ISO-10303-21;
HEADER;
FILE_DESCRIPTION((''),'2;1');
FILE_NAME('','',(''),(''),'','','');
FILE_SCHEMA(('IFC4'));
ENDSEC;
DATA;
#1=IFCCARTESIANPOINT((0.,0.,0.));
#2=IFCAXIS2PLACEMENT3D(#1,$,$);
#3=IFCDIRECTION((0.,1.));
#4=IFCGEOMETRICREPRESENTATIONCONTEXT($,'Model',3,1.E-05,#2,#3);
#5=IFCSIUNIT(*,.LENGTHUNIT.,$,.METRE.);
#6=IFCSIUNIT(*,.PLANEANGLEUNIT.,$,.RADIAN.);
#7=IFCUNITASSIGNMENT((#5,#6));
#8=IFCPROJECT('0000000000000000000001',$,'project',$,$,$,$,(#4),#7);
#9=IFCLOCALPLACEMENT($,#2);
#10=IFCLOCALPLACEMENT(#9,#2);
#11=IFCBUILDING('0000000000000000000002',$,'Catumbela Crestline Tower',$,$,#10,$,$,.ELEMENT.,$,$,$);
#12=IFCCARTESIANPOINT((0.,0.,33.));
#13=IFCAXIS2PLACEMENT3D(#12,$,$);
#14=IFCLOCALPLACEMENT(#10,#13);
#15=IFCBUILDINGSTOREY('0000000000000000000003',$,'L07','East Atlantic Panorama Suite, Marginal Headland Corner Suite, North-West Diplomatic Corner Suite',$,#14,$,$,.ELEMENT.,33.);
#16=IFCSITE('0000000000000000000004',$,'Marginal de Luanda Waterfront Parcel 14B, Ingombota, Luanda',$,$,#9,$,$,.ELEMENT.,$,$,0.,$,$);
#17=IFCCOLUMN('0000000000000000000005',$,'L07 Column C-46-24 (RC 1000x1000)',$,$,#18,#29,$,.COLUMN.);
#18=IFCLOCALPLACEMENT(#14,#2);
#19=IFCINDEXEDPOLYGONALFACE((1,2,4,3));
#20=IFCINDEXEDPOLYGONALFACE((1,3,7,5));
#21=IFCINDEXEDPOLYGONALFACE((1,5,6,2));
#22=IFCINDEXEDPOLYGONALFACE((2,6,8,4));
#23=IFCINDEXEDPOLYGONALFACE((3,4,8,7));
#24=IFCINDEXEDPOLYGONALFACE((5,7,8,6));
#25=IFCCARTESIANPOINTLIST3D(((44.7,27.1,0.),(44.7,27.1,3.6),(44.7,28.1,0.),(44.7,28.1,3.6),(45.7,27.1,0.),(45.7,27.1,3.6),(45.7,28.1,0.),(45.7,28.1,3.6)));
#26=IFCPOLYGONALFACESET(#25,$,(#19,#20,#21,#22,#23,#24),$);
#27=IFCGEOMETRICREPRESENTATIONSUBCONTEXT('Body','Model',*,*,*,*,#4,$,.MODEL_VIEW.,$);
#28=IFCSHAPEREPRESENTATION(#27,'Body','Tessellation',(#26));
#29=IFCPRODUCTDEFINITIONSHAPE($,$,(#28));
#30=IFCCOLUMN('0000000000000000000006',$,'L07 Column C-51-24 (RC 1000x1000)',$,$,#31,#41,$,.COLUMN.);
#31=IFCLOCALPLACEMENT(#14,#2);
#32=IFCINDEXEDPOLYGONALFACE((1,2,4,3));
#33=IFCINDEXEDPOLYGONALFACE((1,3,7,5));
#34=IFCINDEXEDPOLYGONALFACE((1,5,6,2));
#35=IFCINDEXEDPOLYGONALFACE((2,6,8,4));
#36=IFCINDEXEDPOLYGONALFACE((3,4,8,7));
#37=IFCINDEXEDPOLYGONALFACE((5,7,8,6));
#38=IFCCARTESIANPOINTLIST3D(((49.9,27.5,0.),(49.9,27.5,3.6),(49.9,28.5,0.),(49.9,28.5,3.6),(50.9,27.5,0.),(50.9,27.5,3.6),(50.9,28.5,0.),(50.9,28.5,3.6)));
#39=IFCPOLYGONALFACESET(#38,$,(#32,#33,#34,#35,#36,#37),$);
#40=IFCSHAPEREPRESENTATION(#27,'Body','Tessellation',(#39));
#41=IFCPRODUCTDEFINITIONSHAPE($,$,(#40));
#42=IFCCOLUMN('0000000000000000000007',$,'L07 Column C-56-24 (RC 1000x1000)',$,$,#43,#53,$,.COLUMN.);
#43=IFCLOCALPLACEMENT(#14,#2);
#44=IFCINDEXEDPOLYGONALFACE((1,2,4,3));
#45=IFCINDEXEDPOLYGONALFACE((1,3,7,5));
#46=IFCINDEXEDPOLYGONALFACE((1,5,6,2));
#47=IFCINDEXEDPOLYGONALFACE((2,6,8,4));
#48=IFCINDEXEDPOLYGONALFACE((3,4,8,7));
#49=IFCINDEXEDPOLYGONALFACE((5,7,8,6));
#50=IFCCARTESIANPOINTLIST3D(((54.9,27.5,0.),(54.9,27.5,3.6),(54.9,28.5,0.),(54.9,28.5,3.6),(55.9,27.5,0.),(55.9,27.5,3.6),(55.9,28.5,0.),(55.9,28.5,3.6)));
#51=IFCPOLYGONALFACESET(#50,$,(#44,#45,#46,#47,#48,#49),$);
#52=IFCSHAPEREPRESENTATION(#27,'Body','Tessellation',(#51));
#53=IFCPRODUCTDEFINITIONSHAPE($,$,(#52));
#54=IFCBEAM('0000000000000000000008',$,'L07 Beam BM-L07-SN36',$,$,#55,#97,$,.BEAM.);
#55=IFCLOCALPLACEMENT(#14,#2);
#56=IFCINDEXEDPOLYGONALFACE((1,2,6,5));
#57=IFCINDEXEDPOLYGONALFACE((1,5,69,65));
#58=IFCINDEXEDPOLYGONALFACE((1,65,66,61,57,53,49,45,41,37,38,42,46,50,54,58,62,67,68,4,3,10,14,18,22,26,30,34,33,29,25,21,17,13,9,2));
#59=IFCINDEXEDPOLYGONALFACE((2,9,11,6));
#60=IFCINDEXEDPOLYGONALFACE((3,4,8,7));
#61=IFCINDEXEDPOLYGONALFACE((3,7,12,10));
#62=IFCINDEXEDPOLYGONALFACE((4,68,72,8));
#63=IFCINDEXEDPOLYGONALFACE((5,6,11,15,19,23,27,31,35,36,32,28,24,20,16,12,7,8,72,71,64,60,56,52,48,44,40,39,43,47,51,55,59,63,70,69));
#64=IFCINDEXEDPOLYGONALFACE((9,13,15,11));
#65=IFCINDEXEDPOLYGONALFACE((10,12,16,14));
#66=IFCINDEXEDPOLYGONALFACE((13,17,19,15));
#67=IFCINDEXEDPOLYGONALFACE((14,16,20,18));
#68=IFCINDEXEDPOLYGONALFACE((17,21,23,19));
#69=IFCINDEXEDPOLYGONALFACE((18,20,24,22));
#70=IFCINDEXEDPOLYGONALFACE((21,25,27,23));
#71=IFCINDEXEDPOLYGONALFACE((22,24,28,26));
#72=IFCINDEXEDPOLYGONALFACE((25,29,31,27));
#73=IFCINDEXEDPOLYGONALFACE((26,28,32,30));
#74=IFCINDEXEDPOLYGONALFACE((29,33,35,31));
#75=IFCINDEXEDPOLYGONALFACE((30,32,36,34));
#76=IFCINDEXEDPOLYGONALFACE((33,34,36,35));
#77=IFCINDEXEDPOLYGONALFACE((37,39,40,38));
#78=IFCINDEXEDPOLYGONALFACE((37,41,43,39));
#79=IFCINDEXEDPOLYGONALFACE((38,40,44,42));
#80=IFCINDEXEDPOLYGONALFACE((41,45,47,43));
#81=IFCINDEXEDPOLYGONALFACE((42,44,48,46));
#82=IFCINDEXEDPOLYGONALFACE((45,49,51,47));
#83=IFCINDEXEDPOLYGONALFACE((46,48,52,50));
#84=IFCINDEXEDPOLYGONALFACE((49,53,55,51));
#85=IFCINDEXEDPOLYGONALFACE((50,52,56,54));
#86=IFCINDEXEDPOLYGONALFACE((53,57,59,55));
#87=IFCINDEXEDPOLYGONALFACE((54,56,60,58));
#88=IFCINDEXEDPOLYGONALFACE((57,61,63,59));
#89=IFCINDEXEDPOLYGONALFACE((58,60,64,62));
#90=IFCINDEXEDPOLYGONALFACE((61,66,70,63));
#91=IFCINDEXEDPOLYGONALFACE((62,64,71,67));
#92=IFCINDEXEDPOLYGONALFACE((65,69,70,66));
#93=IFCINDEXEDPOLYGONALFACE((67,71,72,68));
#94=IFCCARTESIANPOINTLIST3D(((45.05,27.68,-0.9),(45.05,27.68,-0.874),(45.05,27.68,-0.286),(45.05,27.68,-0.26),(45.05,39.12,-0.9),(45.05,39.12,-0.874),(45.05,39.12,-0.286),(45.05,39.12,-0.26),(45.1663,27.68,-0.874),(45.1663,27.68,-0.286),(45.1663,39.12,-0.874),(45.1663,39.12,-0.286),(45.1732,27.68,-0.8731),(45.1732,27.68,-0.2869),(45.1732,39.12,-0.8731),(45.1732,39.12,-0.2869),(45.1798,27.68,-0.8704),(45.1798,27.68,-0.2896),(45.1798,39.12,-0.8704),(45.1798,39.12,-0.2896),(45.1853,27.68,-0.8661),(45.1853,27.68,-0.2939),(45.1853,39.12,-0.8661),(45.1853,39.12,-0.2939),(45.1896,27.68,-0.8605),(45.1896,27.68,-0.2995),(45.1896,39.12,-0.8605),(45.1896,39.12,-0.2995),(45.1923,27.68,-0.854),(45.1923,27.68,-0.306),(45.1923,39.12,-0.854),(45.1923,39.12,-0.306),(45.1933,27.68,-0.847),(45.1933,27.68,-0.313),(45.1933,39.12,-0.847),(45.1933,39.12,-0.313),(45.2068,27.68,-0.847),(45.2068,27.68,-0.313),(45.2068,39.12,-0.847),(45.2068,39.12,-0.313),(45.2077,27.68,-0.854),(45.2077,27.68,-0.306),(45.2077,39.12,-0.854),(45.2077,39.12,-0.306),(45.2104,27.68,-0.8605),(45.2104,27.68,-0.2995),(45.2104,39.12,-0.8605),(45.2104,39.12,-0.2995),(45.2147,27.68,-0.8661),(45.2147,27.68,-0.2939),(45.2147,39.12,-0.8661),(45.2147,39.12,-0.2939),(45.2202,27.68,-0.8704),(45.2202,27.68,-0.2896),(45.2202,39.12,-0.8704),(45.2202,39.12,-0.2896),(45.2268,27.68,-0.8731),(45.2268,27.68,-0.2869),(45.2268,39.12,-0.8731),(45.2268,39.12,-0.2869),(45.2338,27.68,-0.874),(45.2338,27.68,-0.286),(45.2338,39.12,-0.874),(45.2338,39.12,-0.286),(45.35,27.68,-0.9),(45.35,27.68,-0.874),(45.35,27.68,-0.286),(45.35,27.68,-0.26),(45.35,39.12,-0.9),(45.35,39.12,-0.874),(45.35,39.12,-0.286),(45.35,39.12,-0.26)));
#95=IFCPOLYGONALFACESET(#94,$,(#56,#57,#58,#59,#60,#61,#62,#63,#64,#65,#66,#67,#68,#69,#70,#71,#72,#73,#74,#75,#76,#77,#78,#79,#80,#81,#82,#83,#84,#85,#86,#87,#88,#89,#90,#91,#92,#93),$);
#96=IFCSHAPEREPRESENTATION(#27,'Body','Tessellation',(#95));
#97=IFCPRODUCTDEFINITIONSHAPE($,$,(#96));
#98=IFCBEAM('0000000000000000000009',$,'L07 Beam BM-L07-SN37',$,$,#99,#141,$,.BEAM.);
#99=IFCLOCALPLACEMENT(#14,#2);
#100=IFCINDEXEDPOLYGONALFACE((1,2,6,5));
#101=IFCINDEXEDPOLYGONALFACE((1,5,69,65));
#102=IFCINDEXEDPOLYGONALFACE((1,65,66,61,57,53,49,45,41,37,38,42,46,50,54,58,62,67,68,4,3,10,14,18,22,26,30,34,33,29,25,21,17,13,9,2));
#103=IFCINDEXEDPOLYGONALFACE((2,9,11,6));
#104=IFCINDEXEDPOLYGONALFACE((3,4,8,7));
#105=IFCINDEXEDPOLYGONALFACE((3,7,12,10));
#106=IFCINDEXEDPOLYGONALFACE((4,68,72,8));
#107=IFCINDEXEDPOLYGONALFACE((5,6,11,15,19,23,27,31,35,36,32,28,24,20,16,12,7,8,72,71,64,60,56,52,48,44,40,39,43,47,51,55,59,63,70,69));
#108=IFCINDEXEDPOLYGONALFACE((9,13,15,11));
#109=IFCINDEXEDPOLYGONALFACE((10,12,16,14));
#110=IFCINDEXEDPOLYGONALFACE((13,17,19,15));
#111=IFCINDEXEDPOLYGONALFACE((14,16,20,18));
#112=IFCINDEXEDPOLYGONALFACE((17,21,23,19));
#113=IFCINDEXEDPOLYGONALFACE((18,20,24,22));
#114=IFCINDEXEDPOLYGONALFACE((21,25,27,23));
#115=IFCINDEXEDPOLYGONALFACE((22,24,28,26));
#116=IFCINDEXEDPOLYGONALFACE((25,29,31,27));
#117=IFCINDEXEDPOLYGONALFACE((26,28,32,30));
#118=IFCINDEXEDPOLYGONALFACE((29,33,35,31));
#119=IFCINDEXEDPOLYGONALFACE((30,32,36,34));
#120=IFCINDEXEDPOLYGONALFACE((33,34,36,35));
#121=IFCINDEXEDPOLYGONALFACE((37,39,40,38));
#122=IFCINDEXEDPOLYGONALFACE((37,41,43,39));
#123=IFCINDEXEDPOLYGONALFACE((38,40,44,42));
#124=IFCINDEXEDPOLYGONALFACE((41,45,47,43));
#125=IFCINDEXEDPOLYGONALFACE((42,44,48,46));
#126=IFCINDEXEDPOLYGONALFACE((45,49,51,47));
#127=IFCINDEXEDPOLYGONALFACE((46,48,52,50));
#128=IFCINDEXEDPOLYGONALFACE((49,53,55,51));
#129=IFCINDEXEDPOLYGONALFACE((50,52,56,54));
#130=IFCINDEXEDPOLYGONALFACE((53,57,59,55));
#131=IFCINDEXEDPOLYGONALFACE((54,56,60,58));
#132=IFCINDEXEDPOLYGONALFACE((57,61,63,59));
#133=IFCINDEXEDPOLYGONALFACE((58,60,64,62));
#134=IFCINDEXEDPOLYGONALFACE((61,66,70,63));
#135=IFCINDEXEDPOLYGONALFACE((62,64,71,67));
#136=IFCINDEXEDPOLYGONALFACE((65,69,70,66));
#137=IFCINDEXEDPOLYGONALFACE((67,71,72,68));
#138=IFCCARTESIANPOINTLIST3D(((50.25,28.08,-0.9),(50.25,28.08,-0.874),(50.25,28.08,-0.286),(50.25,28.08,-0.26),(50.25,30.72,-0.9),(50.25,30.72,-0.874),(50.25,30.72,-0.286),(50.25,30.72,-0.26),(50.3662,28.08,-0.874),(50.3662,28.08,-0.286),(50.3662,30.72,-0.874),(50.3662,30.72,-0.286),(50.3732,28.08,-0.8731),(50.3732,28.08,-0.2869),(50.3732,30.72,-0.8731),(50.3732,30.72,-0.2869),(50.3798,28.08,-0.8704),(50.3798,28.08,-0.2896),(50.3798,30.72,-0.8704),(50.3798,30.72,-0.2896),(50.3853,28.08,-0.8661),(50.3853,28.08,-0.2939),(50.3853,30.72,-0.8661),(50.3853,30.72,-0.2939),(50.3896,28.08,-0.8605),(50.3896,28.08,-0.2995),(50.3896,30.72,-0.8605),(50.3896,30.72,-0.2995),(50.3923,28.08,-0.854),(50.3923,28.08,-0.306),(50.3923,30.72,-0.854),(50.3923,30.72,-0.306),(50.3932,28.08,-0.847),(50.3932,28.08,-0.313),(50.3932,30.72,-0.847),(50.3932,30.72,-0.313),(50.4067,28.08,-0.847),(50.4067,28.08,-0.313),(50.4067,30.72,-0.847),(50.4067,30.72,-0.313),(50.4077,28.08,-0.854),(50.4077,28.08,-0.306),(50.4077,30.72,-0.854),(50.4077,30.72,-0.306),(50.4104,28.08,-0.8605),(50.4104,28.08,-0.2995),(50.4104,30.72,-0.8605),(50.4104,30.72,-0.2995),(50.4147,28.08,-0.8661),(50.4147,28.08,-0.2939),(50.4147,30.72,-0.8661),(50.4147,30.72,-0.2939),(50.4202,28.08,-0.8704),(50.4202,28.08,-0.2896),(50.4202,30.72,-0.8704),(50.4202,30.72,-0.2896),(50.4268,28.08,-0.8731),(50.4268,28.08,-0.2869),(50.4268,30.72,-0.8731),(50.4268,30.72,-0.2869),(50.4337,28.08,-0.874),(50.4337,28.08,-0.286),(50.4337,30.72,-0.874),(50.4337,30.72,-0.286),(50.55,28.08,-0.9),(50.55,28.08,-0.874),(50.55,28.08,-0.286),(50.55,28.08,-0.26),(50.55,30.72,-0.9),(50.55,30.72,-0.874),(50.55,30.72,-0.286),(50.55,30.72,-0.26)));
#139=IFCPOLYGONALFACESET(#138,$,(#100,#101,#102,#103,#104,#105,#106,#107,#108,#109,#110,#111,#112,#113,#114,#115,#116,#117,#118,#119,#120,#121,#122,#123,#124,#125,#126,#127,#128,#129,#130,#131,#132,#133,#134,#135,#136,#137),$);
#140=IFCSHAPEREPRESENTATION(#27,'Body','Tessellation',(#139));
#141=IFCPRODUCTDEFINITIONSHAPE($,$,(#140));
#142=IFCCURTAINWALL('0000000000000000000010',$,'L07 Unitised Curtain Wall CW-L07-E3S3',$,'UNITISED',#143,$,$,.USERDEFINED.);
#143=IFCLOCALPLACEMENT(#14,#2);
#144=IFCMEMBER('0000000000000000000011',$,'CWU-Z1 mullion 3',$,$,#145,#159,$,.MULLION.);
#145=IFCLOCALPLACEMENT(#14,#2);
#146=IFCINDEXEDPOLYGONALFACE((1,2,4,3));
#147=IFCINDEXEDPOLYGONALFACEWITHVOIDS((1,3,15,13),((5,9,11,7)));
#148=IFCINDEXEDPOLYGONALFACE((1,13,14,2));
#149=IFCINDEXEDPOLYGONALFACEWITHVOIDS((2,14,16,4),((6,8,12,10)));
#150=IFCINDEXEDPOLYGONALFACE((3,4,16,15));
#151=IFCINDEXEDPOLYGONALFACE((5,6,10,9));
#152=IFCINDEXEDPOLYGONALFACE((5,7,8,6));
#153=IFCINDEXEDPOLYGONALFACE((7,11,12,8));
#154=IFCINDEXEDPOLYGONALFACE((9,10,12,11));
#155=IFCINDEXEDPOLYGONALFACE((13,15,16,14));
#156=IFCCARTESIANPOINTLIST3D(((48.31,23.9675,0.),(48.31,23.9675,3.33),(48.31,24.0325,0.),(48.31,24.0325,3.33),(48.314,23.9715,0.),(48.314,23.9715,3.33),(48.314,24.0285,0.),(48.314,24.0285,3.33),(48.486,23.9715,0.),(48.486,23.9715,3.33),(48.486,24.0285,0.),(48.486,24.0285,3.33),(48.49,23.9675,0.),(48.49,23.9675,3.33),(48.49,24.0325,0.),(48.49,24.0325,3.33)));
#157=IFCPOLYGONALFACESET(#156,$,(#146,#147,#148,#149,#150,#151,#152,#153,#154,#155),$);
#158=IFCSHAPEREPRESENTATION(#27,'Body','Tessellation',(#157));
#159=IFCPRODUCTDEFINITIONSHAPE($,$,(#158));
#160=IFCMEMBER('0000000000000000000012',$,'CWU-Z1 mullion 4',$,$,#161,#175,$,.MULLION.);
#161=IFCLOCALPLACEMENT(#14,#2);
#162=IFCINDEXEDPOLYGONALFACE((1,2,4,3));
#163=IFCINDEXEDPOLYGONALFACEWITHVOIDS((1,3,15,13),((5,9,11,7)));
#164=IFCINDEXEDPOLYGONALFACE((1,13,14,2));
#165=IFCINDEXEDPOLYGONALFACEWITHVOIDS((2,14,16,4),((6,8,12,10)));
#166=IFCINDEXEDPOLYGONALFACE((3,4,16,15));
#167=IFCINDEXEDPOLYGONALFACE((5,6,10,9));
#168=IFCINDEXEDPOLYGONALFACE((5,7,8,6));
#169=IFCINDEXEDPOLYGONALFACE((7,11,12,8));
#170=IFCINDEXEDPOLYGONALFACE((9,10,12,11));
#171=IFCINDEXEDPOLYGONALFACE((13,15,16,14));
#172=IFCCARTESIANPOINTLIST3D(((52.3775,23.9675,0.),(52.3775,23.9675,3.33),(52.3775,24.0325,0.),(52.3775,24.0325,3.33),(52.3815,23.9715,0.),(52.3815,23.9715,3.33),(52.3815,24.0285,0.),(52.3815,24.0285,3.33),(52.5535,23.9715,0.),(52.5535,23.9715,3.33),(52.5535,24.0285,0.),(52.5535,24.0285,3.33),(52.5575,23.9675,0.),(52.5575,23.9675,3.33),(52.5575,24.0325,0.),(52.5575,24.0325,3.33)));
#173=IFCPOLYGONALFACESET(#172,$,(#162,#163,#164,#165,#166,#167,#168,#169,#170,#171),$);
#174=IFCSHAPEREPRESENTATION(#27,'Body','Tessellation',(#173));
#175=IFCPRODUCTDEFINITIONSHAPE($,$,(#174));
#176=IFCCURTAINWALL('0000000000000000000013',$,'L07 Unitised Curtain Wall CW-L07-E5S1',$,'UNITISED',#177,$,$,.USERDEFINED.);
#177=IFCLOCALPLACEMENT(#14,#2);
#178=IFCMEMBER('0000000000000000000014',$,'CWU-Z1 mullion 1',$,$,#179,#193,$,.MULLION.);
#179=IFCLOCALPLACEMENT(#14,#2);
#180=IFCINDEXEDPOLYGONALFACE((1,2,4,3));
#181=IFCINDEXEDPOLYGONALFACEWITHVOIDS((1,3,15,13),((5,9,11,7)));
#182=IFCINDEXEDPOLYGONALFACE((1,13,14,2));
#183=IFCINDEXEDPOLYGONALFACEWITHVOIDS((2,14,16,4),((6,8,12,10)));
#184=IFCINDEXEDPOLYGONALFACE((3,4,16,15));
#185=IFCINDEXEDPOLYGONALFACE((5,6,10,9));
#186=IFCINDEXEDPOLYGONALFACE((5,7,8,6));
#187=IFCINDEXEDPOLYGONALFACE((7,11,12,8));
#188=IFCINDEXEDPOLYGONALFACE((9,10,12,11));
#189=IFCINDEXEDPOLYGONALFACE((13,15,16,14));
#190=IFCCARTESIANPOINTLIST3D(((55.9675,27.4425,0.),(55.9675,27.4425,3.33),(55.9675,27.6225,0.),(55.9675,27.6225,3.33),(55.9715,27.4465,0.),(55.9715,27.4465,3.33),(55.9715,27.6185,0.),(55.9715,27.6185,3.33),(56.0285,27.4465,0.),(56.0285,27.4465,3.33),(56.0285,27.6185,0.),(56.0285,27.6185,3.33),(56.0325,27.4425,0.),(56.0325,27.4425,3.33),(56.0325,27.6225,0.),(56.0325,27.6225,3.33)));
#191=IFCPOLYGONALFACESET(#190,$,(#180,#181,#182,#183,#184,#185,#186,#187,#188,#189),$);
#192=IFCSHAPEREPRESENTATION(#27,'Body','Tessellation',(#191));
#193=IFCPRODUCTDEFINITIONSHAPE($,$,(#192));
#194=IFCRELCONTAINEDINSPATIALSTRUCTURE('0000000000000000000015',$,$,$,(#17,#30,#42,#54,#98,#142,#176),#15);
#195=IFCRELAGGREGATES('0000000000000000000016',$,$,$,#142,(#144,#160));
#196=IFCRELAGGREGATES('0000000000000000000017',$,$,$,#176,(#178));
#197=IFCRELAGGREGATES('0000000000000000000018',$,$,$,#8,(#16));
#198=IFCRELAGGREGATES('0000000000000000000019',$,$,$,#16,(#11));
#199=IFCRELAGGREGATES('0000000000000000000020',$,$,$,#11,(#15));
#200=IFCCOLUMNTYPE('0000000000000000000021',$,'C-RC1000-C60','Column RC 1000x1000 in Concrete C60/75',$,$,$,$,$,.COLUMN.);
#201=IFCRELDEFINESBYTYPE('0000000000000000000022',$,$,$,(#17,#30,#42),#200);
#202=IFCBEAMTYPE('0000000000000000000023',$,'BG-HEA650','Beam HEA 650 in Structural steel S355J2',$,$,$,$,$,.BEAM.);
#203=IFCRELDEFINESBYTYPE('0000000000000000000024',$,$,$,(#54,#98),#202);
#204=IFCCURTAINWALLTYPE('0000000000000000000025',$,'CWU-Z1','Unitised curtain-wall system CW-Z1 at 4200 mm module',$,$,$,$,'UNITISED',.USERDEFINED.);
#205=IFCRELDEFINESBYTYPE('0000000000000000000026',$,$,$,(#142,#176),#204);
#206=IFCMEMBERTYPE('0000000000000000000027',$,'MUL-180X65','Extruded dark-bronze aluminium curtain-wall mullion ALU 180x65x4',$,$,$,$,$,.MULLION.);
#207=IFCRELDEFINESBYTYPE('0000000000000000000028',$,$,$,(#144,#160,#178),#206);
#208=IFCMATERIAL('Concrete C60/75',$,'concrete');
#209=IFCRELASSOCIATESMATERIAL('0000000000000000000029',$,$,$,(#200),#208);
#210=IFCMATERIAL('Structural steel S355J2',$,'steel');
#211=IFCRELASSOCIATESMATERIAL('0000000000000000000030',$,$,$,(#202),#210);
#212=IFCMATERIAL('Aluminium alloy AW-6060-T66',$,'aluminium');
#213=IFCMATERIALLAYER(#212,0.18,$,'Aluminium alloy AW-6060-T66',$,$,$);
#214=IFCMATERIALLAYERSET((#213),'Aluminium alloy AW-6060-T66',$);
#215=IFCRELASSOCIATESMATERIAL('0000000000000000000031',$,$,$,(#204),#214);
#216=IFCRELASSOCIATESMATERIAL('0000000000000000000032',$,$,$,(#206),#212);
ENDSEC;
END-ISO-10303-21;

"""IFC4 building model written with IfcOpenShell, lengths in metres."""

from ifc_helpers import new_model, si_unit, direction, frame, origin, origin_2d, place, context, subcontext, project, spatial, rectangle, hollow_rectangle, i_section, extrude, material, layer, layer_set, material_profile, profile_set, type_object, element, aggregate, save


model = new_model("IFC4")

# Units and contexts
model_context = context("Model", 3, precision=1e-05, world=origin(), true_north=direction((0.0, 1.0)))
body_context = subcontext(model_context, "Body", "Model", "MODEL_VIEW")
ifc_project = project(units=[si_unit("LENGTHUNIT", "METRE"), si_unit("PLANEANGLEUNIT", "RADIAN")], contexts=[model_context])

# Site, building, storey
site_placement = place(None, origin())
site = spatial("IfcSite", under=ifc_project, at=site_placement, Name="Marginal de Luanda Waterfront Parcel 14B, Ingombota, Luanda", CompositionType="ELEMENT", RefElevation=0.0)
building_placement = place(site_placement, origin())
building = spatial("IfcBuilding", under=site, at=building_placement, Name="Catumbela Crestline Tower", CompositionType="ELEMENT")
storey_placement = place(building_placement, frame((0.0, 0.0, 33.0)))
storey = spatial("IfcBuildingStorey", under=building, at=storey_placement, Name="L07", Description="East Atlantic Panorama Suite, Marginal Headland Corner Suite, North-West Diplomatic Corner Suite", CompositionType="ELEMENT", Elevation=33.0)

# Columns
ifc_material_1 = material(Name="Concrete C60/75", Category="concrete")
ifc_material_profile_1 = material_profile(ifc_material_1, rectangle(XDim=1.0, YDim=1.0, at=origin_2d()), Name="RC 1000x1000")
ifc_profile_set_1 = profile_set([ifc_material_profile_1], Name="Concrete C60/75")
column_type = type_object("IfcColumnType", Name="C-RC1000-C60", Description="Column RC 1000x1000 in Concrete C60/75", PredefinedType="COLUMN", material=ifc_profile_set_1)
for number, where, z_axis, x_axis, name in (
    (1, (45.2, 27.6, 0.0), (0.0, 0.0, 1.0), (1.0, 0.0, 0.0), "L07 Column C-46-24 (RC 1000x1000)"),
    (2, (50.4, 28.0, 0.0), (0.0, 0.0, 1.0), (1.0, 0.0, 0.0), "L07 Column C-51-24 (RC 1000x1000)"),
    (3, (55.4, 28.0, 0.0), (0.0, 0.0, 1.0), (1.0, 0.0, 0.0), "L07 Column C-56-24 (RC 1000x1000)"),
):
    element("IfcColumn", number, at=place(storey_placement, frame(where, z_axis=z_axis, x_axis=x_axis)), inside=storey, type_object=column_type, Name=name, PredefinedType="COLUMN", context=body_context, shape_type="SweptSolid", body=[
        extrude(rectangle(XDim=1.0, YDim=1.0, at=origin_2d()), origin(), (0.0, 0.0, 1.0), 3.6),
    ])

# Beams
ifc_material_2 = material(Name="Structural steel S355J2", Category="steel")
ifc_material_profile_2 = material_profile(ifc_material_2, i_section(OverallWidth=0.3, OverallDepth=0.64, WebThickness=0.0135, FlangeThickness=0.026, FilletRadius=0.027, at=origin_2d()), Name="HEA 650")
ifc_profile_set_2 = profile_set([ifc_material_profile_2], Name="Structural steel S355J2")
beam_type_1 = type_object("IfcBeamType", Name="BG-HEA650", Description="Beam HEA 650 in Structural steel S355J2", PredefinedType="BEAM", material=ifc_profile_set_2)
beam_1_placement = place(storey_placement, frame((45.2, 27.68, -0.58), z_axis=(0.0, 1.0, 0.0), x_axis=(-1.0, 0.0, 0.0)))
element("IfcBeam", 4, at=beam_1_placement, inside=storey, type_object=beam_type_1, Name="L07 Beam BM-L07-SN36", PredefinedType="BEAM", context=body_context, shape_type="SweptSolid", body=[
    extrude(i_section(OverallWidth=0.3, OverallDepth=0.64, WebThickness=0.0135, FlangeThickness=0.026, FilletRadius=0.027, at=origin_2d()), origin(), (0.0, 0.0, 1.0), 11.44),
])
beam_2_placement = place(storey_placement, frame((50.4, 28.08, -0.58), z_axis=(0.0, 1.0, 0.0), x_axis=(-1.0, 0.0, 0.0)))
element("IfcBeam", 5, at=beam_2_placement, inside=storey, type_object=beam_type_1, Name="L07 Beam BM-L07-SN37", PredefinedType="BEAM", context=body_context, shape_type="SweptSolid", body=[
    extrude(i_section(OverallWidth=0.3, OverallDepth=0.64, WebThickness=0.0135, FlangeThickness=0.026, FilletRadius=0.027, at=origin_2d()), origin(), (0.0, 0.0, 1.0), 2.64),
])

# Curtain wall, members
ifc_material_3 = material(Name="Aluminium alloy AW-6060-T66", Category="aluminium")
ifc_layer_1 = layer(ifc_material_3, 0.18, Name="Aluminium alloy AW-6060-T66")
ifc_layer_set_1 = layer_set([ifc_layer_1], Name="Aluminium alloy AW-6060-T66")
curtain_wall_type = type_object("IfcCurtainWallType", Name="CWU-Z1", Description="Unitised curtain-wall system CW-Z1 at 4200 mm module", ElementType="UNITISED", PredefinedType="USERDEFINED", material=ifc_layer_set_1)
curtain_wall_1_placement = place(storey_placement, origin())
curtain_wall_1 = element("IfcCurtainWall", 6, at=curtain_wall_1_placement, inside=storey, type_object=curtain_wall_type, Name="L07 Unitised Curtain Wall CW-L07-E3S3", ObjectType="UNITISED", PredefinedType="USERDEFINED")
ifc_material_profile_3 = material_profile(ifc_material_3, hollow_rectangle(XDim=0.065, YDim=0.18, WallThickness=0.004, at=origin_2d()), Name="ALU 180x65x4")
ifc_profile_set_3 = profile_set([ifc_material_profile_3], Name="Aluminium alloy AW-6060-T66")
member_type_1 = type_object("IfcMemberType", Name="MUL-180X65", Description="Extruded dark-bronze aluminium curtain-wall mullion ALU 180x65x4", PredefinedType="MULLION", material=ifc_profile_set_3)
member_1_placement = place(storey_placement, frame((48.4, 24.0, 0.0), z_axis=(0.0, 0.0, 1.0), x_axis=(0.0, 1.0, 0.0)))
member_1 = element("IfcMember", 7, at=member_1_placement, type_object=member_type_1, Name="CWU-Z1 mullion 3", PredefinedType="MULLION", context=body_context, shape_type="SweptSolid", body=[
    extrude(hollow_rectangle(XDim=0.065, YDim=0.18, WallThickness=0.004, at=origin_2d()), origin(), (0.0, 0.0, 1.0), 3.33),
])
member_2_placement = place(storey_placement, frame((52.4675, 24.0, 0.0), z_axis=(0.0, 0.0, 1.0), x_axis=(0.0, 1.0, 0.0)))
member_2 = element("IfcMember", 8, at=member_2_placement, type_object=member_type_1, Name="CWU-Z1 mullion 4", PredefinedType="MULLION", context=body_context, shape_type="SweptSolid", body=[
    extrude(hollow_rectangle(XDim=0.065, YDim=0.18, WallThickness=0.004, at=origin_2d()), origin(), (0.0, 0.0, 1.0), 3.33),
])

# Curtain wall, member
curtain_wall_2_placement = place(storey_placement, origin())
curtain_wall_2 = element("IfcCurtainWall", 9, at=curtain_wall_2_placement, inside=storey, type_object=curtain_wall_type, Name="L07 Unitised Curtain Wall CW-L07-E5S1", ObjectType="UNITISED", PredefinedType="USERDEFINED")
member_3_placement = place(storey_placement, frame((56.0, 27.5325, 0.0), z_axis=(0.0, 0.0, 1.0), x_axis=(-1.0, 0.0, 0.0)))
member_3 = element("IfcMember", 10, at=member_3_placement, type_object=member_type_1, Name="CWU-Z1 mullion 1", PredefinedType="MULLION", context=body_context, shape_type="SweptSolid", body=[
    extrude(hollow_rectangle(XDim=0.065, YDim=0.18, WallThickness=0.004, at=origin_2d()), origin(), (0.0, 0.0, 1.0), 3.33),
])

aggregate(curtain_wall_1, [member_1, member_2])
aggregate(curtain_wall_2, [member_3])

save(model, "model.ifc")
